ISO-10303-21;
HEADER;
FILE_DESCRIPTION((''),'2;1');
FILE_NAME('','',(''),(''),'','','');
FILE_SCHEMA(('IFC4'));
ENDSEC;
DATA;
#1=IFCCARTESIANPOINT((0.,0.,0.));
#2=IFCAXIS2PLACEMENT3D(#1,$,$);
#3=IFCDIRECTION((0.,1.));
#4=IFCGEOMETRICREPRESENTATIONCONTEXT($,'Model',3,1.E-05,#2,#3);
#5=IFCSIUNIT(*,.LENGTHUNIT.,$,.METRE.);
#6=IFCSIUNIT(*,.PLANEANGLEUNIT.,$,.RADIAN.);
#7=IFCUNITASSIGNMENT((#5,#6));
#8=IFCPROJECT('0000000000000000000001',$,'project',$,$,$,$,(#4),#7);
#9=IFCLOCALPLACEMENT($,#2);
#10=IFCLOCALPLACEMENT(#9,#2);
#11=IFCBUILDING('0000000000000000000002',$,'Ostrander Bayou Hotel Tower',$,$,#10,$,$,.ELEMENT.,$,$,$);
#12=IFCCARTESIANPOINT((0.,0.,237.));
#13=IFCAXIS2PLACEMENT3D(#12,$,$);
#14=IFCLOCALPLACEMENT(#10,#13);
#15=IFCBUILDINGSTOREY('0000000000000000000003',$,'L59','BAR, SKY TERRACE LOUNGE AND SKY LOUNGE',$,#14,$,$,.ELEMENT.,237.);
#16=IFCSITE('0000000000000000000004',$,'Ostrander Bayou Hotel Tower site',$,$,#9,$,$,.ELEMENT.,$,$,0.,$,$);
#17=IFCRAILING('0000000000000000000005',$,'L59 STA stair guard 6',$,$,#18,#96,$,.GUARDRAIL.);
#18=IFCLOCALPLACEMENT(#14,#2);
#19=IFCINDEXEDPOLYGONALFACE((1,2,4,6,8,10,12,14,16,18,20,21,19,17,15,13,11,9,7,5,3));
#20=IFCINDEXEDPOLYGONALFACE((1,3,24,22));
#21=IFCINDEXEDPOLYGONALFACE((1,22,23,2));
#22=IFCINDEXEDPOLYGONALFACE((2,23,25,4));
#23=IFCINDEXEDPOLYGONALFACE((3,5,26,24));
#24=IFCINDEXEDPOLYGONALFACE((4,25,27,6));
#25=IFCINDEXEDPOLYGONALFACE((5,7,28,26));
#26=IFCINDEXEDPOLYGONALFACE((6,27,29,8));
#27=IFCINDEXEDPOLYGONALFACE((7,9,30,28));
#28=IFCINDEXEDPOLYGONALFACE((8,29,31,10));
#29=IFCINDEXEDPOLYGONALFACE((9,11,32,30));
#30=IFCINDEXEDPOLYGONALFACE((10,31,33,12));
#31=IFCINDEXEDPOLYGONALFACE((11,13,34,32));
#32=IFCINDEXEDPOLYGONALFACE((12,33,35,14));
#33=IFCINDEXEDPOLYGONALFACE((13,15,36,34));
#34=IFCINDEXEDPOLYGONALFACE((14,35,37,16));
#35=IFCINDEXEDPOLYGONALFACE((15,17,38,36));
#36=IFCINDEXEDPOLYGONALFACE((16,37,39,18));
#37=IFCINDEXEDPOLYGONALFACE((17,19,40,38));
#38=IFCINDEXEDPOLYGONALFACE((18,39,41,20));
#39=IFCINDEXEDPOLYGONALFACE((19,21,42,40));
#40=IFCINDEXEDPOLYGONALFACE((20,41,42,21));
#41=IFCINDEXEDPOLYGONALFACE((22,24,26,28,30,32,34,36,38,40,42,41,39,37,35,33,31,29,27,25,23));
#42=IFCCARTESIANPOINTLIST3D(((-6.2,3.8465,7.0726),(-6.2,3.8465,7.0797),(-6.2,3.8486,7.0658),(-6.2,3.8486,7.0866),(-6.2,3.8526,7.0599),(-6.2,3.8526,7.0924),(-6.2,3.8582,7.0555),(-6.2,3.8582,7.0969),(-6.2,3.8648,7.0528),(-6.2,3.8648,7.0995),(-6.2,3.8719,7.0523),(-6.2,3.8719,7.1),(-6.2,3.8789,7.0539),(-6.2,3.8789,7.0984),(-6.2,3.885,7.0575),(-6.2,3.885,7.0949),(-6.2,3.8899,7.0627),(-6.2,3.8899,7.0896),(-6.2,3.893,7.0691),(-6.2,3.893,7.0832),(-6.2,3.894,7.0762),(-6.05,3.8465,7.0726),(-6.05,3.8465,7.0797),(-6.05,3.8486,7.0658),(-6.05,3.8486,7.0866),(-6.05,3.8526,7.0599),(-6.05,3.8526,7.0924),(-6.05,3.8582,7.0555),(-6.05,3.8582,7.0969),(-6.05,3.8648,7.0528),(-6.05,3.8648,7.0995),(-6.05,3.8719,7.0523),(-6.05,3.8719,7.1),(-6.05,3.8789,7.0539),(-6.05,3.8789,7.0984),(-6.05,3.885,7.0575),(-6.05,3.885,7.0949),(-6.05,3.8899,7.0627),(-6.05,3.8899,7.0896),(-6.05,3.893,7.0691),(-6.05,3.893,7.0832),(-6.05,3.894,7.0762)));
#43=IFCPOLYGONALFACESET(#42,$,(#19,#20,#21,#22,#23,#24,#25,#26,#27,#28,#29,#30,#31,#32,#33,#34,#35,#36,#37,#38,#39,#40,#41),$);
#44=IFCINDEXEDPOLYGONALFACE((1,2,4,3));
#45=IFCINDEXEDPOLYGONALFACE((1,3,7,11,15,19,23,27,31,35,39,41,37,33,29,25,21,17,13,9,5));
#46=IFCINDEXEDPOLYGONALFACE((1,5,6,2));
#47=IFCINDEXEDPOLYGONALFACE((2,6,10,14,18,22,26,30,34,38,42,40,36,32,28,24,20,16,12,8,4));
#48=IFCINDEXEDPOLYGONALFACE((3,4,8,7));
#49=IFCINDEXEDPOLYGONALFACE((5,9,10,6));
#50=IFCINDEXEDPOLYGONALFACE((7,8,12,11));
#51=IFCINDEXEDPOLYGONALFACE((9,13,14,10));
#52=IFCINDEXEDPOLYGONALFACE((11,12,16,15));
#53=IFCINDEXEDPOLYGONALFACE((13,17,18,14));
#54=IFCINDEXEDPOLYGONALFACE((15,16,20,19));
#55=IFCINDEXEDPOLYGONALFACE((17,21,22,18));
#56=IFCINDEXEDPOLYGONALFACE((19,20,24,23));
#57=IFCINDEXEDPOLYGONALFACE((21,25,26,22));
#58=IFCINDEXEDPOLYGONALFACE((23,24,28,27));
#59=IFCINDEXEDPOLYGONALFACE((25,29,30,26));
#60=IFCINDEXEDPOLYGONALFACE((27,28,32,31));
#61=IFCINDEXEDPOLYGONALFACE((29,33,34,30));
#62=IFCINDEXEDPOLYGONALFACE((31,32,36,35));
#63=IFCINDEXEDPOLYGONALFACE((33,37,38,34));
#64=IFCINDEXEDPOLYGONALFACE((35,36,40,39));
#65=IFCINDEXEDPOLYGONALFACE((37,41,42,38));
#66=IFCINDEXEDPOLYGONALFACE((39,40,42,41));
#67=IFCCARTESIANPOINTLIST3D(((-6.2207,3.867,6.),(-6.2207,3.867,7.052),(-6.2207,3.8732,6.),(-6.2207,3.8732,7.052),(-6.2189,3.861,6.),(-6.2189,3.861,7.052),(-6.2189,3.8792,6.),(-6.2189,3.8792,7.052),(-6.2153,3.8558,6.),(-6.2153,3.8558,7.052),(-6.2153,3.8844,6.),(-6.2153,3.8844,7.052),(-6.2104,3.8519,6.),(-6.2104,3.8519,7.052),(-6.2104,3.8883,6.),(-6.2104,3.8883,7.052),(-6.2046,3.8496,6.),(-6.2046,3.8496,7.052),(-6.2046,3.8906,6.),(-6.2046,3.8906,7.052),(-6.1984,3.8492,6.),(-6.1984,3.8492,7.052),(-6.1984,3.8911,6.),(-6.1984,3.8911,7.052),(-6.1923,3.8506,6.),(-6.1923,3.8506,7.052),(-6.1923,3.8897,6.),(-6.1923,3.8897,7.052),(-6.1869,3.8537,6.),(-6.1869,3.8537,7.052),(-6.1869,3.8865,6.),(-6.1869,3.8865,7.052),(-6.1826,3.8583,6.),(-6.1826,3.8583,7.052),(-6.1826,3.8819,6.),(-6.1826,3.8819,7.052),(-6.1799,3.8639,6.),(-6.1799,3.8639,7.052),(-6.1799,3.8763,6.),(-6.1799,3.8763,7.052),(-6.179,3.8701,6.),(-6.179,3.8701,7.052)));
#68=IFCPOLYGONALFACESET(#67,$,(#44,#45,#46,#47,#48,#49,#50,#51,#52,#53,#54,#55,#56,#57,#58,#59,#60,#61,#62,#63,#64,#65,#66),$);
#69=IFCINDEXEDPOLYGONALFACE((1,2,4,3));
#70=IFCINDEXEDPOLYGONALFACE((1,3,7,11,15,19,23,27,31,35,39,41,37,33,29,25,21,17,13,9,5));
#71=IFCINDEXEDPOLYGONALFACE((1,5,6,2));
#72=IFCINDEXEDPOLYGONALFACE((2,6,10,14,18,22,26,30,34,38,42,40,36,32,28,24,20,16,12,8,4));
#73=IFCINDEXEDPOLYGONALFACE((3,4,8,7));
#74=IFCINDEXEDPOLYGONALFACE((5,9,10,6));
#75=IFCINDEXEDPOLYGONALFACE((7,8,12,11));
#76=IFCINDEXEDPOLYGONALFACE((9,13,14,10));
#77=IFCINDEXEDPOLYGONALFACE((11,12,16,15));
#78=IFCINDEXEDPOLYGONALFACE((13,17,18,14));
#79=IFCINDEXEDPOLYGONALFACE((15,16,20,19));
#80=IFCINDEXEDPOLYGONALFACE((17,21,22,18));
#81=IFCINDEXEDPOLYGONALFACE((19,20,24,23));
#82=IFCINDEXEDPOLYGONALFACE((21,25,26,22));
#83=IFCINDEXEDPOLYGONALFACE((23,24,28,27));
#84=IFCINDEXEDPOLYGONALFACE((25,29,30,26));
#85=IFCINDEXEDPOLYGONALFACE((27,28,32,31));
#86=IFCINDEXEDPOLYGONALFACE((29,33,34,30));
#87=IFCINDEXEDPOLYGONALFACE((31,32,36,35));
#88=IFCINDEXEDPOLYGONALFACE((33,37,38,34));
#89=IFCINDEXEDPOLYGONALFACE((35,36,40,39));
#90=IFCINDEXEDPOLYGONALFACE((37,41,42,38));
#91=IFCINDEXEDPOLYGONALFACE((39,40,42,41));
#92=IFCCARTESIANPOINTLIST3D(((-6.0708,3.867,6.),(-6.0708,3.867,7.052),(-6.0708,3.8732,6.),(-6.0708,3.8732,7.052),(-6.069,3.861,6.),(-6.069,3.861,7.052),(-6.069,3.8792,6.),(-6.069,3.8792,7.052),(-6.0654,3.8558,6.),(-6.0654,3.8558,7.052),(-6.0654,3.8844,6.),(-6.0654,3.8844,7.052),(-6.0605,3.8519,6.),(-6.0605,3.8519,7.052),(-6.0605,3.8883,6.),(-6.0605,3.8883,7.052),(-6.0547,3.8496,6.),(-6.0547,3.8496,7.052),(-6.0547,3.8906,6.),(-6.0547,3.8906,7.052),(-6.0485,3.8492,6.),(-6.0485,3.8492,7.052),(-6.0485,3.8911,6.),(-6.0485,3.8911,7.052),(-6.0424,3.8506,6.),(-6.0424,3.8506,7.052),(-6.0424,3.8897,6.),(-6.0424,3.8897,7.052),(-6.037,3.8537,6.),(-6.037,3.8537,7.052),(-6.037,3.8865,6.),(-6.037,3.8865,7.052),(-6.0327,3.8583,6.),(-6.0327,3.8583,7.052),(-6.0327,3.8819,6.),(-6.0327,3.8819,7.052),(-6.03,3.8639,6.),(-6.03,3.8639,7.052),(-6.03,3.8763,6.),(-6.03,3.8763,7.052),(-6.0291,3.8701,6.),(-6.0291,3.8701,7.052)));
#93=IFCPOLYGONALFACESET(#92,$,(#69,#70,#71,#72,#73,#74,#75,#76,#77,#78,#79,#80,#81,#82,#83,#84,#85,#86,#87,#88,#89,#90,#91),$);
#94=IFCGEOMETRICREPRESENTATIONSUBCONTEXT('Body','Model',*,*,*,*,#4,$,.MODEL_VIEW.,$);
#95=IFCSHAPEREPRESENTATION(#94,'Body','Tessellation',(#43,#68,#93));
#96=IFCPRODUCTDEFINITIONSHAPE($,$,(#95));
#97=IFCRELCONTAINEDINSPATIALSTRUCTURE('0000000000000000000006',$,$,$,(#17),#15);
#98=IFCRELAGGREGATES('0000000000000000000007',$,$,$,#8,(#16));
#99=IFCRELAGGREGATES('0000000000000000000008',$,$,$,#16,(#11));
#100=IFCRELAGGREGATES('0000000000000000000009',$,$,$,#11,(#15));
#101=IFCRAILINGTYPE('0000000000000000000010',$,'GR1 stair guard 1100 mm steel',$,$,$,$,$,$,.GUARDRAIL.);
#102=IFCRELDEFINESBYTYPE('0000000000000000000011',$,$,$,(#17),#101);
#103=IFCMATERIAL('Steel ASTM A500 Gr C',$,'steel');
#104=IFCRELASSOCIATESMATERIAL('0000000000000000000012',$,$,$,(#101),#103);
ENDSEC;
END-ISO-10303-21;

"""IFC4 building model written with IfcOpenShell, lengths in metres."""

from ifc_helpers import new_model, si_unit, direction, frame, origin, origin_2d, place, context, subcontext, project, spatial, circle, extrude, material, type_object, element, save


model = new_model("IFC4")

# Units and contexts
model_context = context("Model", 3, precision=1e-05, world=origin(), true_north=direction((0.0, 1.0)))
body_context = subcontext(model_context, "Body", "Model", "MODEL_VIEW")
ifc_project = project(units=[si_unit("LENGTHUNIT", "METRE"), si_unit("PLANEANGLEUNIT", "RADIAN")], contexts=[model_context])

# Site, building, storey
site_placement = place(None, origin())
site = spatial("IfcSite", under=ifc_project, at=site_placement, Name="Ostrander Bayou Hotel Tower site", CompositionType="ELEMENT", RefElevation=0.0)
building_placement = place(site_placement, origin())
building = spatial("IfcBuilding", under=site, at=building_placement, Name="Ostrander Bayou Hotel Tower", CompositionType="ELEMENT")
storey_placement = place(building_placement, frame((0.0, 0.0, 237.0)))
storey = spatial("IfcBuildingStorey", under=building, at=storey_placement, Name="L59", Description="BAR, SKY TERRACE LOUNGE AND SKY LOUNGE", CompositionType="ELEMENT", Elevation=237.0)

# Railing
ifc_material_1 = material(Name="Steel ASTM A500 Gr C", Category="steel")
railing_type_1 = type_object("IfcRailingType", Name="GR1 stair guard 1100 mm steel", PredefinedType="GUARDRAIL", material=ifc_material_1)
railing_1_placement = place(storey_placement, frame((-6.2, 3.8701, 6.0)))
element("IfcRailing", 1, at=railing_1_placement, inside=storey, type_object=railing_type_1, Name="L59 STA stair guard 6", PredefinedType="GUARDRAIL", context=body_context, shape_type="SweptSolid", body=[
    extrude(circle(Radius=0.0239, at=origin_2d()), frame((0.0, 0.0, 1.0762), z_axis=(1.0, 0.0, 0.0), x_axis=(0.0, 1.0, 0.0)), (0.0, 0.0, 1.0), 0.1499),
    extrude(circle(Radius=0.021, at=origin_2d()), origin(), (0.0, 0.0, 1.0), 1.052),
    extrude(circle(Radius=0.021, at=origin_2d()), frame((0.1499, 0.0, 0.0)), (0.0, 0.0, 1.0), 1.052),
])

save(model, "model.ifc")
